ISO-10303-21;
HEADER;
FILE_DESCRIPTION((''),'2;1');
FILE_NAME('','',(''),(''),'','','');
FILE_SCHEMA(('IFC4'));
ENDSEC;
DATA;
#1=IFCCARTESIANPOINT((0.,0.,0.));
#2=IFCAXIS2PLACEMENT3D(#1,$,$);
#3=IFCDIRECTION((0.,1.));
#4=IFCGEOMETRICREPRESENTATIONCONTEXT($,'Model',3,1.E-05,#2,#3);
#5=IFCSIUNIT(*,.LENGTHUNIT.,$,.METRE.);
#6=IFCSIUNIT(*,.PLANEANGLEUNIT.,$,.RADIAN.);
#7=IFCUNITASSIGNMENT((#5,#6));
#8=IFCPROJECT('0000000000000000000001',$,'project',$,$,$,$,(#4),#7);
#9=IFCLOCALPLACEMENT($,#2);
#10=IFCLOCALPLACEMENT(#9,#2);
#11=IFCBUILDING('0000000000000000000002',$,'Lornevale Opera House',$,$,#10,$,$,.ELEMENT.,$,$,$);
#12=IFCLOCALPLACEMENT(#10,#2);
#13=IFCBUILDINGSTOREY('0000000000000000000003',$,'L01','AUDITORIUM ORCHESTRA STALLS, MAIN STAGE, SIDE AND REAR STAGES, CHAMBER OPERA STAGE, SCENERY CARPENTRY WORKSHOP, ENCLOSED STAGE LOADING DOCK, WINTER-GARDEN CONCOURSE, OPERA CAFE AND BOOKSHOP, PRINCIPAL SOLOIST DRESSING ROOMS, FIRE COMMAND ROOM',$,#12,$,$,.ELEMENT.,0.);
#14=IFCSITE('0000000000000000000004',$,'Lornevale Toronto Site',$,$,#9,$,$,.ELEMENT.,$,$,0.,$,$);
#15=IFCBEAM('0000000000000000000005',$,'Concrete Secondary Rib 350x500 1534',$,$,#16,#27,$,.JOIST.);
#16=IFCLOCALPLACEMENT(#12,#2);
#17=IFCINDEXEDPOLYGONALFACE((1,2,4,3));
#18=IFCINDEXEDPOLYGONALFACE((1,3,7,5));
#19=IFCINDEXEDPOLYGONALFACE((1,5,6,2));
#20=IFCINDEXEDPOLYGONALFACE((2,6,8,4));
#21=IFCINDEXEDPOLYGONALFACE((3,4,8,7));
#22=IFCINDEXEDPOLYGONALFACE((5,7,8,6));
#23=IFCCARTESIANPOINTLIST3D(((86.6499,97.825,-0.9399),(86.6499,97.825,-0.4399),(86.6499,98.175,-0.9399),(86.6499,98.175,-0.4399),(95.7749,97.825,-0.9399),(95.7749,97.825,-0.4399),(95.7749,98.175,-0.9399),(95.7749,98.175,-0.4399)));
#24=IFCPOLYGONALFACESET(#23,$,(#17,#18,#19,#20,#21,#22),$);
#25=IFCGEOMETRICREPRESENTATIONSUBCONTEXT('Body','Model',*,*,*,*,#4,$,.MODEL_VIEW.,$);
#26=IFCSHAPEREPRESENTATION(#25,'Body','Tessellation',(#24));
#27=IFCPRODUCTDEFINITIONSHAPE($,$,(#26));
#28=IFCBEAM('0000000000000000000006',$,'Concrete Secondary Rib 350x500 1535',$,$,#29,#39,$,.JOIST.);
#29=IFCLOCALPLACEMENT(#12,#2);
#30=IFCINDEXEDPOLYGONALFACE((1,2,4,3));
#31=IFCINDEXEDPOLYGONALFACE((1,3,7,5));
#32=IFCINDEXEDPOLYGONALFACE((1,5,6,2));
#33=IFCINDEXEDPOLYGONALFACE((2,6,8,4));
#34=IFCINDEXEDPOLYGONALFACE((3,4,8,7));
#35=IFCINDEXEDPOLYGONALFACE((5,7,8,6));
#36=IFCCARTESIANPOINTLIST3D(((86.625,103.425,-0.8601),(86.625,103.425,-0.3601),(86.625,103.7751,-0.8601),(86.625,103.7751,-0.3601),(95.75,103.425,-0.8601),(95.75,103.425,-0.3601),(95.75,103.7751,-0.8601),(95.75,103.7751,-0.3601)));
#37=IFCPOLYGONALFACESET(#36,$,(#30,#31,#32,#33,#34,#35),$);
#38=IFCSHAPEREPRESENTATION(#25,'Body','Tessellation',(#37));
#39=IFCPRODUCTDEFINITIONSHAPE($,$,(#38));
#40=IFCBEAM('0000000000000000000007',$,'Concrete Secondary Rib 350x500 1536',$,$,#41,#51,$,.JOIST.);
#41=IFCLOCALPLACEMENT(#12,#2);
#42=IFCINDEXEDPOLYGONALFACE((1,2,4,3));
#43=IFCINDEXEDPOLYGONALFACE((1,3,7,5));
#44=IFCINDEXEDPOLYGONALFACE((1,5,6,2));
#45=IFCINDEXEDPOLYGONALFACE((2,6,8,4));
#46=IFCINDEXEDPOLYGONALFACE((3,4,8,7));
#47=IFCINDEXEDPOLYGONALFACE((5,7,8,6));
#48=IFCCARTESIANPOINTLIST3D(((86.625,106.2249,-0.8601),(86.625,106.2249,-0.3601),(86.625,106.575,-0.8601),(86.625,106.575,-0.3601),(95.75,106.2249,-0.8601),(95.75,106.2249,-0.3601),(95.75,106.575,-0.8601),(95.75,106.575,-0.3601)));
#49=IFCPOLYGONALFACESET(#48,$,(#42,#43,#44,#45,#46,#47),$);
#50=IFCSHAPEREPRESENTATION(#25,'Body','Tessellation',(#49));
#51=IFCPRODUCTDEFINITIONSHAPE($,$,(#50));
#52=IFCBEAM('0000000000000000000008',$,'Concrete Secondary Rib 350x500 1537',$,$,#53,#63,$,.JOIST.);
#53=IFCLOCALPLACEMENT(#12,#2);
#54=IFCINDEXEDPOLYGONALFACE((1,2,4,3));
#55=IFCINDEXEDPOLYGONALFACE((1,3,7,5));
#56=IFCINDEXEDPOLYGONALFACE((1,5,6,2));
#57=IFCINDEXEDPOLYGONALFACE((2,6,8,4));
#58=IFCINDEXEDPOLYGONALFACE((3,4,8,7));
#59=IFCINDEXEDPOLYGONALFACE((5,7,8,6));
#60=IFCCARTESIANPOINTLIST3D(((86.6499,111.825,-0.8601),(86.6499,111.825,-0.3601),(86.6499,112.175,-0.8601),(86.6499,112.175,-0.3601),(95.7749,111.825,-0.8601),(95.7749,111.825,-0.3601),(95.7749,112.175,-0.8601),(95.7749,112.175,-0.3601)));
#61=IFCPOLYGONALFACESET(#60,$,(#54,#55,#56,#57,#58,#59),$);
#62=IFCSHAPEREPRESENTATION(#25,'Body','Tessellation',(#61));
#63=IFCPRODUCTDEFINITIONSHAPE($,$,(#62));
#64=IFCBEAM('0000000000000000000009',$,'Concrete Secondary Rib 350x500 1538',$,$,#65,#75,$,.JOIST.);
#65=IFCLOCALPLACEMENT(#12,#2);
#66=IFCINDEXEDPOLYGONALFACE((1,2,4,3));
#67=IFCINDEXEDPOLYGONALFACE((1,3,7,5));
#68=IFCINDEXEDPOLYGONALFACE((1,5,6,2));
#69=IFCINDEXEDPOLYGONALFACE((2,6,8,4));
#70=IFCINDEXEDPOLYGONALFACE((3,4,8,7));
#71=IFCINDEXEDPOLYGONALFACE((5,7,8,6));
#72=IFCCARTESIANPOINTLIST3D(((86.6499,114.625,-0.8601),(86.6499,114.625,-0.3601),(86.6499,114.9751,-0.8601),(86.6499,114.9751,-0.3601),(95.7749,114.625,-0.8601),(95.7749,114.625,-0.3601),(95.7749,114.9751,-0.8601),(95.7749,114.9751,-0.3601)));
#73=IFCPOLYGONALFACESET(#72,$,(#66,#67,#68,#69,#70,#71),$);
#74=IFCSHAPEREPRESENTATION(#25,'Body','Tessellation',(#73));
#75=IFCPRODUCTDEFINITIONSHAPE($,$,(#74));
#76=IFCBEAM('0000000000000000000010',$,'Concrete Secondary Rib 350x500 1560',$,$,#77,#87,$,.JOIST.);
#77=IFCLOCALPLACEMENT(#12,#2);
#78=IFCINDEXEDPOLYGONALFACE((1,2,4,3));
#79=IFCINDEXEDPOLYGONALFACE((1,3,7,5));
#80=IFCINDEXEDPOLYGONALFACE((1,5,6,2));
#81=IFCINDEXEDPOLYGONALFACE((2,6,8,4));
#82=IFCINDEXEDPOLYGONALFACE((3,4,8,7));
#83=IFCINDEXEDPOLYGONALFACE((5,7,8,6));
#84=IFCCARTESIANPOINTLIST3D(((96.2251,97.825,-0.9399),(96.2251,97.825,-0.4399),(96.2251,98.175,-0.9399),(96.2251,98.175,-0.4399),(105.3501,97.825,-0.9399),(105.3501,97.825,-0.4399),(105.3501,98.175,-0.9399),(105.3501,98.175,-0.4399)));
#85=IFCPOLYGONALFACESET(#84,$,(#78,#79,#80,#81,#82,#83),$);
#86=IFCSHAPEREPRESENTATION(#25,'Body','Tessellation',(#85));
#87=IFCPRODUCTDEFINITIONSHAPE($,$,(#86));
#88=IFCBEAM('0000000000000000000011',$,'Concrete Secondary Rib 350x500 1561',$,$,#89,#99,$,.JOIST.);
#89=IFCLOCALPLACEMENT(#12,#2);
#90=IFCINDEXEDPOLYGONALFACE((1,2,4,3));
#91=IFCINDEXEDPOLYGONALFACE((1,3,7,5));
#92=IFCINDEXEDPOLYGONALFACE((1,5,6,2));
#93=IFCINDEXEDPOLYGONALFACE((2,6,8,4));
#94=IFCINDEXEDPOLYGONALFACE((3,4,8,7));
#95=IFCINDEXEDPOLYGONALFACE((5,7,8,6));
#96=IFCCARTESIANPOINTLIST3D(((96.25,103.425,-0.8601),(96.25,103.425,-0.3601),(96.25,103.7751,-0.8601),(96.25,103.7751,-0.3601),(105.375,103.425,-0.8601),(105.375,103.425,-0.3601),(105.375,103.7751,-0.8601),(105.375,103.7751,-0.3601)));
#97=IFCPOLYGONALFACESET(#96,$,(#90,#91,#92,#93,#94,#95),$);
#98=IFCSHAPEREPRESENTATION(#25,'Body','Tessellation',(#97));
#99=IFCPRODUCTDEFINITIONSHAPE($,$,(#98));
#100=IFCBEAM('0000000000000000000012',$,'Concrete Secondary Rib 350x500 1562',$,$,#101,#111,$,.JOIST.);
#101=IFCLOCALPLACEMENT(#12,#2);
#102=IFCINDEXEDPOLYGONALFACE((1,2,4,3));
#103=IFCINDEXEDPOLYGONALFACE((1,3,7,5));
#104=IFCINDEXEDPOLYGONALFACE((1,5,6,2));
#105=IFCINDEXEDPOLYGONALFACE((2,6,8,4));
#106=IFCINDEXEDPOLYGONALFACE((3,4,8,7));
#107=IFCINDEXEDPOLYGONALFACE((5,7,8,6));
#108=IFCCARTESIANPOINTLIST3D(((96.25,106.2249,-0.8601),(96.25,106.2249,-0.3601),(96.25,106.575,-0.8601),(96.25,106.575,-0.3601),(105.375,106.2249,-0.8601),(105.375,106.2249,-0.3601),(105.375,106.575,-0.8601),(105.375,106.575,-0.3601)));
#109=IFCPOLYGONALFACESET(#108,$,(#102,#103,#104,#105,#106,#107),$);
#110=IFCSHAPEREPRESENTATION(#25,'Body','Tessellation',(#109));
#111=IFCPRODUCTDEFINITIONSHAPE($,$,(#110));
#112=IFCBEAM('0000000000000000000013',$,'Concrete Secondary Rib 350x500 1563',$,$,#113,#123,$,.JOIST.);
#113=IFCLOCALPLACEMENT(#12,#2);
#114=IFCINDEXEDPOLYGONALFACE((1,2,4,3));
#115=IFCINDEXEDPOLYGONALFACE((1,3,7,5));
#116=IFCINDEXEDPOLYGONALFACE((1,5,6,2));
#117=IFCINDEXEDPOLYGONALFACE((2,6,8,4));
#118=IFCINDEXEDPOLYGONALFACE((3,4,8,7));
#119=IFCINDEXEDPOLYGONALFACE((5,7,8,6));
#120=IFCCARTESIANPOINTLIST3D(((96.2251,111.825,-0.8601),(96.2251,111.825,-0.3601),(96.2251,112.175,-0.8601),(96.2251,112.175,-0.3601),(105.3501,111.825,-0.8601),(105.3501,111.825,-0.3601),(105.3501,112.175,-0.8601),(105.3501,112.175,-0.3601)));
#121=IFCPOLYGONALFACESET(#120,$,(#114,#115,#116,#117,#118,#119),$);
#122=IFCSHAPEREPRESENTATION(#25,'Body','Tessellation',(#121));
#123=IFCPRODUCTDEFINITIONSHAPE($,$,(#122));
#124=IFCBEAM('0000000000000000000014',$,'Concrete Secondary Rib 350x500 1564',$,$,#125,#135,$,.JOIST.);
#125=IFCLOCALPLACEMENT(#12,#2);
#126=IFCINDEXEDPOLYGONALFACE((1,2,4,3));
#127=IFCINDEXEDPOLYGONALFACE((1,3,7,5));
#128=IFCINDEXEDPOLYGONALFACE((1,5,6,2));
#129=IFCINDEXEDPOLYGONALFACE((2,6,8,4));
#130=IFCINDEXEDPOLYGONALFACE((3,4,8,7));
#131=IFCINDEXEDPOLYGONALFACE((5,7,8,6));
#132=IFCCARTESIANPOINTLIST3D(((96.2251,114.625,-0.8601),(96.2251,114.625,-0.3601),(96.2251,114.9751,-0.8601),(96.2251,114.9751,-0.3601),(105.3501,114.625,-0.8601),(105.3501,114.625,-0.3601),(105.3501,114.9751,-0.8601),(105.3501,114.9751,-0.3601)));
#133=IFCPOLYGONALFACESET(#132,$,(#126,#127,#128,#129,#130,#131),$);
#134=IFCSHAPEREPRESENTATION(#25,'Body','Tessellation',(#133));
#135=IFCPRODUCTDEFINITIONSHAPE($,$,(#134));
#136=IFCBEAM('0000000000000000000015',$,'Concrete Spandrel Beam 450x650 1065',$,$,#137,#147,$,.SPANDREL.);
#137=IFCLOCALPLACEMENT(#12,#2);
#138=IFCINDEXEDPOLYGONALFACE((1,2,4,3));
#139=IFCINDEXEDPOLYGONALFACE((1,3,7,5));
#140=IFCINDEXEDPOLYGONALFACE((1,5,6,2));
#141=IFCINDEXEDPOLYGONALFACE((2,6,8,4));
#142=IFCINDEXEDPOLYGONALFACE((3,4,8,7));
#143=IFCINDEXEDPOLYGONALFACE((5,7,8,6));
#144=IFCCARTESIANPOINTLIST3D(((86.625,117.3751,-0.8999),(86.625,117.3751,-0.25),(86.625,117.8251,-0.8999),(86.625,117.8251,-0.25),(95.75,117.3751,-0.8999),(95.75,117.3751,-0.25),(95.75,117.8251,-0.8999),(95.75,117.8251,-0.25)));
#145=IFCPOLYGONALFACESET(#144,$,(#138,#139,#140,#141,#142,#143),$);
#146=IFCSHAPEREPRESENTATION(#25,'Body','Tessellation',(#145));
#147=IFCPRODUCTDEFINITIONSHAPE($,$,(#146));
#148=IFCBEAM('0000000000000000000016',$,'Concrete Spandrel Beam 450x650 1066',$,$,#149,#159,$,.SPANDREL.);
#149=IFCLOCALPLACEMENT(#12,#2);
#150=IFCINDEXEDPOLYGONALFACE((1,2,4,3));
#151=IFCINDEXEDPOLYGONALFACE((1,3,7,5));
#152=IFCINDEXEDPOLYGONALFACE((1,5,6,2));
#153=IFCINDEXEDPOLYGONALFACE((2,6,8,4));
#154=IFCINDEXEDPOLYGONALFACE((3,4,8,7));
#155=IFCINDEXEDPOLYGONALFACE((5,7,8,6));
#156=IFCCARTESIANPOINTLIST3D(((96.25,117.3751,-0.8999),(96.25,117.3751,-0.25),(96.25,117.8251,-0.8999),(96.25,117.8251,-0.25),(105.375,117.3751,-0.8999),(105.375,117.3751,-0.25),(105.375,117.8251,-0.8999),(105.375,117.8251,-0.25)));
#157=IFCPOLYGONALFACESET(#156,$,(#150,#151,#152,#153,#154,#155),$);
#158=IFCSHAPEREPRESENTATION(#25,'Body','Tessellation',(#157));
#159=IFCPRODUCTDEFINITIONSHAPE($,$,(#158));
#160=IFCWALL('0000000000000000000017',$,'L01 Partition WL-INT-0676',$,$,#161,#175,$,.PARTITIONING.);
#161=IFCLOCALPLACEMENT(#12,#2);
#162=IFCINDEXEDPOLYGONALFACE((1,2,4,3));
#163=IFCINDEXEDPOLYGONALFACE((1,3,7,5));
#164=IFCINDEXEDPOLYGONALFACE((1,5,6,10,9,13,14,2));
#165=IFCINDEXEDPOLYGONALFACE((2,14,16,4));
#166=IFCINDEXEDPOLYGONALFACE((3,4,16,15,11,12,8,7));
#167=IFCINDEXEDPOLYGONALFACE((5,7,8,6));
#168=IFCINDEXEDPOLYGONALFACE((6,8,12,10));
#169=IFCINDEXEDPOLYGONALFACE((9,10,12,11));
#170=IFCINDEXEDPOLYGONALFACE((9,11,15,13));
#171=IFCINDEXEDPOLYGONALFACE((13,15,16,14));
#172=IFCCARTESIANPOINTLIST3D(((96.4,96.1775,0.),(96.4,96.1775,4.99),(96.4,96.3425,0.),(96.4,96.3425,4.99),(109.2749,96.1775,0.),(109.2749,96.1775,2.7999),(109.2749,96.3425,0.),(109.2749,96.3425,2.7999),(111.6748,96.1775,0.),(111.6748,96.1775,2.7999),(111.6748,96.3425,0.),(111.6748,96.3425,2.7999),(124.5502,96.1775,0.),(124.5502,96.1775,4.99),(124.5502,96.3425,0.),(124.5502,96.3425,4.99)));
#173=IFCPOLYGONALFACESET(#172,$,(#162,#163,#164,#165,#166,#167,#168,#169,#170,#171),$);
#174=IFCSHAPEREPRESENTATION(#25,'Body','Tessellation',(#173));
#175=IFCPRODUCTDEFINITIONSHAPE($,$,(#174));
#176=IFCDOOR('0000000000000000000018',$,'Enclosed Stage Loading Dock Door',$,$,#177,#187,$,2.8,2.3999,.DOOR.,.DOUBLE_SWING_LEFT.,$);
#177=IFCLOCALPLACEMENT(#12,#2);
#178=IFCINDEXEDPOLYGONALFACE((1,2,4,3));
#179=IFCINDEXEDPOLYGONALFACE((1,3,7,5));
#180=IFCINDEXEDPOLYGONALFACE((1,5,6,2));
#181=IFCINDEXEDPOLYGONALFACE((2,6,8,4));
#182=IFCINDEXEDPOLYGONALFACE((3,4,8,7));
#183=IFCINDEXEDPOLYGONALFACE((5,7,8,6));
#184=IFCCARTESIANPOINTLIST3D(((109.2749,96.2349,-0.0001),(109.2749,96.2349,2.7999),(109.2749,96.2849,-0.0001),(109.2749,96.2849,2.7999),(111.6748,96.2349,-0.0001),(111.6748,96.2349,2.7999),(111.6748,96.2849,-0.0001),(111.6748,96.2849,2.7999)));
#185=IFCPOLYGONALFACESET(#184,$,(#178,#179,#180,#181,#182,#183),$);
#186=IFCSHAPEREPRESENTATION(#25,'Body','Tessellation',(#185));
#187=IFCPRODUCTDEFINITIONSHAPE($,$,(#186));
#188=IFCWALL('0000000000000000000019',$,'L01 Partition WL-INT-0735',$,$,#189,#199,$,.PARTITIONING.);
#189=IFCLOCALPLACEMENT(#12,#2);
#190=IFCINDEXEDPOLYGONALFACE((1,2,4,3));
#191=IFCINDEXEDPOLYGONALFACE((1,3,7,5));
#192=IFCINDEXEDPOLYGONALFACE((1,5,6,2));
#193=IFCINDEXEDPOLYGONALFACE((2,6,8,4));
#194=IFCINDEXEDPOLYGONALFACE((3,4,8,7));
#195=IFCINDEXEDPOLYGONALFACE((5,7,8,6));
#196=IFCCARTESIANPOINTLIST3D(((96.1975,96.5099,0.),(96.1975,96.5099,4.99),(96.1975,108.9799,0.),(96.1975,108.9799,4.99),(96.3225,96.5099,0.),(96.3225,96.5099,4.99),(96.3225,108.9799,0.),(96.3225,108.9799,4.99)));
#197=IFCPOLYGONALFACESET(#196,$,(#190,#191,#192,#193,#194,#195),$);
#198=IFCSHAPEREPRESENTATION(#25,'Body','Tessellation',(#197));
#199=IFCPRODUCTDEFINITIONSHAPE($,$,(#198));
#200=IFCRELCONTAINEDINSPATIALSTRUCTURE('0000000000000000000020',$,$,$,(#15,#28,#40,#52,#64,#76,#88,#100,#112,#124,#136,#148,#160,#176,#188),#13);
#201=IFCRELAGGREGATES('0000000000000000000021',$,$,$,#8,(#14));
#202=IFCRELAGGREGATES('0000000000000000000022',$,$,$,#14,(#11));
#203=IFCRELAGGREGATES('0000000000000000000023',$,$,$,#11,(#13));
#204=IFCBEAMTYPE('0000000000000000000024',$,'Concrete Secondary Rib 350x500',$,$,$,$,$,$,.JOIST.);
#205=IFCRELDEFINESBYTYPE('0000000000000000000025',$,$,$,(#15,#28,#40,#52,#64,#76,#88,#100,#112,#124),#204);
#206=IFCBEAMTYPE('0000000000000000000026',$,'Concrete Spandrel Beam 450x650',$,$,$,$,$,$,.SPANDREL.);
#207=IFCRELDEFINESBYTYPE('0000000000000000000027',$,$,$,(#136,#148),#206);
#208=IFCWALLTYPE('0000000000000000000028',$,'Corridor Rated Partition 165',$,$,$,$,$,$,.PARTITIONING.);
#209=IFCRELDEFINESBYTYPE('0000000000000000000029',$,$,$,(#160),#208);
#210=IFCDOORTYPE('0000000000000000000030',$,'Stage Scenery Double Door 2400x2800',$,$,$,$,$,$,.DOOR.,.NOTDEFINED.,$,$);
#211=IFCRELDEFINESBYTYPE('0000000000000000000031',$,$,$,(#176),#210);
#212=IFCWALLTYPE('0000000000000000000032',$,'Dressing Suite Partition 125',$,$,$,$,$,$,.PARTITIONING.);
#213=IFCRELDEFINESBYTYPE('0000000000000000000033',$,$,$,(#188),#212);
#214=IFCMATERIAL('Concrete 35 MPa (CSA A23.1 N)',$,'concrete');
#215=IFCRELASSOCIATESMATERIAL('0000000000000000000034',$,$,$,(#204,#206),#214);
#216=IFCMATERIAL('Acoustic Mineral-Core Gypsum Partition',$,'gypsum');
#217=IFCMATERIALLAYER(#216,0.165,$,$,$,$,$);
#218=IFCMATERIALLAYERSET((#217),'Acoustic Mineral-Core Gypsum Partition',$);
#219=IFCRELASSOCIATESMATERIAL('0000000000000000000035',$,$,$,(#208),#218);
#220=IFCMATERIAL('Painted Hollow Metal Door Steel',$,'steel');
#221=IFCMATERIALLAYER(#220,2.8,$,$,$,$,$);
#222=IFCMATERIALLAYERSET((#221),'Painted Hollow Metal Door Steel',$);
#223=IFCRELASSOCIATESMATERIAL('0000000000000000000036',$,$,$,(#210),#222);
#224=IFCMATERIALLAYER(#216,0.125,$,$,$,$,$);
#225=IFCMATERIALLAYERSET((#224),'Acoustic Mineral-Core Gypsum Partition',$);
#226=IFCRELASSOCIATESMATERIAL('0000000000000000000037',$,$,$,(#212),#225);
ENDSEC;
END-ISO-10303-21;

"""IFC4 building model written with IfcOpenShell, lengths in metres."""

from ifc_helpers import new_model, si_unit, direction, frame, frame_2d, origin, origin_2d, place, context, subcontext, project, spatial, rectangle, extrude, material, layer, layer_set, material_profile, profile_set, type_object, element, fill, save


model = new_model("IFC4")

# Units and contexts
model_context = context("Model", 3, precision=1e-05, world=origin(), true_north=direction((0.0, 1.0)))
body_context = subcontext(model_context, "Body", "Model", "MODEL_VIEW")
ifc_project = project(units=[si_unit("LENGTHUNIT", "METRE"), si_unit("PLANEANGLEUNIT", "RADIAN")], contexts=[model_context])

# Site, building, storey
site_placement = place(None, origin())
site = spatial("IfcSite", under=ifc_project, at=site_placement, Name="Lornevale Toronto Site", CompositionType="ELEMENT", RefElevation=0.0)
building_placement = place(site_placement, origin())
building = spatial("IfcBuilding", under=site, at=building_placement, Name="Lornevale Opera House", CompositionType="ELEMENT")
storey_placement = place(building_placement, origin())
storey = spatial("IfcBuildingStorey", under=building, at=storey_placement, Name="L01", Description="AUDITORIUM ORCHESTRA STALLS, MAIN STAGE, SIDE AND REAR STAGES, CHAMBER OPERA STAGE, SCENERY CARPENTRY WORKSHOP, ENCLOSED STAGE LOADING DOCK, WINTER-GARDEN CONCOURSE, OPERA CAFE AND BOOKSHOP, PRINCIPAL SOLOIST DRESSING ROOMS, FIRE COMMAND ROOM", CompositionType="ELEMENT", Elevation=0.0)

# Shared definitions
ifc_material_1 = material(Name="Concrete 35 MPa (CSA A23.1 N)", Category="concrete")

# Beams
ifc_material_profile_1 = material_profile(ifc_material_1, rectangle(XDim=0.3501, YDim=0.5, at=origin_2d()), Name="RC350x500")
ifc_profile_set_1 = profile_set([ifc_material_profile_1], Name="Concrete 35 MPa (CSA A23.1 N)")
beam_type_1 = type_object("IfcBeamType", Name="Concrete Secondary Rib 350x500", PredefinedType="JOIST", material=ifc_profile_set_1)
for number, where, z_axis, x_axis, name in (
    (1, (86.6499, 98.0, -0.6899), (1.0, 0.0, 0.0), (0.0, 1.0, 0.0), "Concrete Secondary Rib 350x500 1534"),
    (2, (86.625, 103.6001, -0.6101), (1.0, 0.0, 0.0), (0.0, 1.0, 0.0), "Concrete Secondary Rib 350x500 1535"),
    (3, (86.625, 106.3999, -0.6101), (1.0, 0.0, 0.0), (0.0, 1.0, 0.0), "Concrete Secondary Rib 350x500 1536"),
    (4, (86.6499, 112.0, -0.6101), (1.0, 0.0, 0.0), (0.0, 1.0, 0.0), "Concrete Secondary Rib 350x500 1537"),
    (5, (86.6499, 114.8, -0.6101), (1.0, 0.0, 0.0), (0.0, 1.0, 0.0), "Concrete Secondary Rib 350x500 1538"),
    (6, (96.2251, 98.0, -0.6899), (1.0, 0.0, 0.0), (0.0, 1.0, 0.0), "Concrete Secondary Rib 350x500 1560"),
    (7, (96.25, 103.6001, -0.6101), (1.0, 0.0, 0.0), (0.0, 1.0, 0.0), "Concrete Secondary Rib 350x500 1561"),
    (8, (96.25, 106.3999, -0.6101), (1.0, 0.0, 0.0), (0.0, 1.0, 0.0), "Concrete Secondary Rib 350x500 1562"),
    (9, (96.2251, 112.0, -0.6101), (1.0, 0.0, 0.0), (0.0, 1.0, 0.0), "Concrete Secondary Rib 350x500 1563"),
    (10, (96.2251, 114.8, -0.6101), (1.0, 0.0, 0.0), (0.0, 1.0, 0.0), "Concrete Secondary Rib 350x500 1564"),
):
    element("IfcBeam", number, at=place(storey_placement, frame(where, z_axis=z_axis, x_axis=x_axis)), inside=storey, type_object=beam_type_1, Name=name, PredefinedType="JOIST", context=body_context, shape_type="SweptSolid", body=[
        extrude(rectangle(XDim=0.3501, YDim=0.5, at=origin_2d()), origin(), (0.0, 0.0, 1.0), 9.125),
    ])
ifc_material_profile_2 = material_profile(ifc_material_1, rectangle(XDim=0.45, YDim=0.6499, at=origin_2d()), Name="RC450x650")
ifc_profile_set_2 = profile_set([ifc_material_profile_2], Name="Concrete 35 MPa (CSA A23.1 N)")
beam_type_2 = type_object("IfcBeamType", Name="Concrete Spandrel Beam 450x650", PredefinedType="SPANDREL", material=ifc_profile_set_2)
for number, where, z_axis, x_axis, name in (
    (11, (86.625, 117.6001, -0.575), (1.0, 0.0, 0.0), (0.0, 1.0, 0.0), "Concrete Spandrel Beam 450x650 1065"),
    (12, (96.25, 117.6001, -0.575), (1.0, 0.0, 0.0), (0.0, 1.0, 0.0), "Concrete Spandrel Beam 450x650 1066"),
):
    element("IfcBeam", number, at=place(storey_placement, frame(where, z_axis=z_axis, x_axis=x_axis)), inside=storey, type_object=beam_type_2, Name=name, PredefinedType="SPANDREL", context=body_context, shape_type="SweptSolid", body=[
        extrude(rectangle(XDim=0.45, YDim=0.6499, at=origin_2d()), origin(), (0.0, 0.0, 1.0), 9.125),
    ])

# Wall, opening, door
ifc_material_2 = material(Name="Acoustic Mineral-Core Gypsum Partition", Category="gypsum")
ifc_layer_1 = layer(ifc_material_2, 0.165)
ifc_layer_set_1 = layer_set([ifc_layer_1], Name="Acoustic Mineral-Core Gypsum Partition")
wall_type_1 = type_object("IfcWallType", Name="Corridor Rated Partition 165", PredefinedType="PARTITIONING", material=ifc_layer_set_1)
wall_1_placement = place(storey_placement, frame((96.3999, 96.26, 0.0), z_axis=(0.0, 0.0, 1.0), x_axis=(1.0, 0.0, 0.0)))
wall_1 = element("IfcWall", 13, at=wall_1_placement, inside=storey, type_object=wall_type_1, Name="L01 Partition WL-INT-0676", PredefinedType="PARTITIONING", context=body_context, shape_type="SweptSolid", body=[
    extrude(rectangle(XDim=28.1501, YDim=0.165, at=frame_2d((14.0752, 0.0))), origin(), (0.0, 0.0, 1.0), 4.99),
])
opening_1_placement = place(wall_1_placement, frame((12.875, 0.0, 0.0)))
opening_1 = element("IfcOpeningElement", 14, at=opening_1_placement, cuts=wall_1, PredefinedType="OPENING", context=body_context, shape_type="SweptSolid", body=[
    extrude(rectangle(XDim=2.3999, YDim=2.8, at=frame_2d((1.2, 1.3999))), frame((0.0, 0.0925, 0.0), z_axis=(0.0, -1.0, 0.0), x_axis=(1.0, 0.0, 0.0)), (0.0, 0.0, 1.0), 0.1851),
])
ifc_material_3 = material(Name="Painted Hollow Metal Door Steel", Category="steel")
ifc_layer_2 = layer(ifc_material_3, 2.8)
ifc_layer_set_2 = layer_set([ifc_layer_2], Name="Painted Hollow Metal Door Steel")
door_type_1 = type_object("IfcDoorType", Name="Stage Scenery Double Door 2400x2800", OperationType="NOTDEFINED", PredefinedType="DOOR", material=ifc_layer_set_2)
door_1_placement = place(opening_1_placement, origin())
door_1 = element("IfcDoor", 15, at=door_1_placement, inside=storey, type_object=door_type_1, Name="Enclosed Stage Loading Dock Door", OperationType="DOUBLE_SWING_LEFT", OverallHeight=2.8, OverallWidth=2.3999, PredefinedType="DOOR", context=body_context, shape_type="SweptSolid", body=[
    extrude(rectangle(XDim=2.3999, YDim=2.8, at=frame_2d((1.2, 1.3999))), frame((0.0, 0.0249, 0.0), z_axis=(0.0, -1.0, 0.0), x_axis=(1.0, 0.0, 0.0)), (0.0, 0.0, 1.0), 0.05),
])
fill(opening_1, door_1)

# Wall
ifc_layer_3 = layer(ifc_material_2, 0.125)
ifc_layer_set_3 = layer_set([ifc_layer_3], Name="Acoustic Mineral-Core Gypsum Partition")
wall_type_2 = type_object("IfcWallType", Name="Dressing Suite Partition 125", PredefinedType="PARTITIONING", material=ifc_layer_set_3)
wall_2_placement = place(storey_placement, frame((96.26, 96.51, 0.0), z_axis=(0.0, 0.0, 1.0), x_axis=(0.0, 1.0, 0.0)))
element("IfcWall", 16, at=wall_2_placement, inside=storey, type_object=wall_type_2, Name="L01 Partition WL-INT-0735", PredefinedType="PARTITIONING", context=body_context, shape_type="SweptSolid", body=[
    extrude(rectangle(XDim=12.47, YDim=0.125, at=frame_2d((6.2349, 0.0))), origin(), (0.0, 0.0, 1.0), 4.99),
])

save(model, "model.ifc")
